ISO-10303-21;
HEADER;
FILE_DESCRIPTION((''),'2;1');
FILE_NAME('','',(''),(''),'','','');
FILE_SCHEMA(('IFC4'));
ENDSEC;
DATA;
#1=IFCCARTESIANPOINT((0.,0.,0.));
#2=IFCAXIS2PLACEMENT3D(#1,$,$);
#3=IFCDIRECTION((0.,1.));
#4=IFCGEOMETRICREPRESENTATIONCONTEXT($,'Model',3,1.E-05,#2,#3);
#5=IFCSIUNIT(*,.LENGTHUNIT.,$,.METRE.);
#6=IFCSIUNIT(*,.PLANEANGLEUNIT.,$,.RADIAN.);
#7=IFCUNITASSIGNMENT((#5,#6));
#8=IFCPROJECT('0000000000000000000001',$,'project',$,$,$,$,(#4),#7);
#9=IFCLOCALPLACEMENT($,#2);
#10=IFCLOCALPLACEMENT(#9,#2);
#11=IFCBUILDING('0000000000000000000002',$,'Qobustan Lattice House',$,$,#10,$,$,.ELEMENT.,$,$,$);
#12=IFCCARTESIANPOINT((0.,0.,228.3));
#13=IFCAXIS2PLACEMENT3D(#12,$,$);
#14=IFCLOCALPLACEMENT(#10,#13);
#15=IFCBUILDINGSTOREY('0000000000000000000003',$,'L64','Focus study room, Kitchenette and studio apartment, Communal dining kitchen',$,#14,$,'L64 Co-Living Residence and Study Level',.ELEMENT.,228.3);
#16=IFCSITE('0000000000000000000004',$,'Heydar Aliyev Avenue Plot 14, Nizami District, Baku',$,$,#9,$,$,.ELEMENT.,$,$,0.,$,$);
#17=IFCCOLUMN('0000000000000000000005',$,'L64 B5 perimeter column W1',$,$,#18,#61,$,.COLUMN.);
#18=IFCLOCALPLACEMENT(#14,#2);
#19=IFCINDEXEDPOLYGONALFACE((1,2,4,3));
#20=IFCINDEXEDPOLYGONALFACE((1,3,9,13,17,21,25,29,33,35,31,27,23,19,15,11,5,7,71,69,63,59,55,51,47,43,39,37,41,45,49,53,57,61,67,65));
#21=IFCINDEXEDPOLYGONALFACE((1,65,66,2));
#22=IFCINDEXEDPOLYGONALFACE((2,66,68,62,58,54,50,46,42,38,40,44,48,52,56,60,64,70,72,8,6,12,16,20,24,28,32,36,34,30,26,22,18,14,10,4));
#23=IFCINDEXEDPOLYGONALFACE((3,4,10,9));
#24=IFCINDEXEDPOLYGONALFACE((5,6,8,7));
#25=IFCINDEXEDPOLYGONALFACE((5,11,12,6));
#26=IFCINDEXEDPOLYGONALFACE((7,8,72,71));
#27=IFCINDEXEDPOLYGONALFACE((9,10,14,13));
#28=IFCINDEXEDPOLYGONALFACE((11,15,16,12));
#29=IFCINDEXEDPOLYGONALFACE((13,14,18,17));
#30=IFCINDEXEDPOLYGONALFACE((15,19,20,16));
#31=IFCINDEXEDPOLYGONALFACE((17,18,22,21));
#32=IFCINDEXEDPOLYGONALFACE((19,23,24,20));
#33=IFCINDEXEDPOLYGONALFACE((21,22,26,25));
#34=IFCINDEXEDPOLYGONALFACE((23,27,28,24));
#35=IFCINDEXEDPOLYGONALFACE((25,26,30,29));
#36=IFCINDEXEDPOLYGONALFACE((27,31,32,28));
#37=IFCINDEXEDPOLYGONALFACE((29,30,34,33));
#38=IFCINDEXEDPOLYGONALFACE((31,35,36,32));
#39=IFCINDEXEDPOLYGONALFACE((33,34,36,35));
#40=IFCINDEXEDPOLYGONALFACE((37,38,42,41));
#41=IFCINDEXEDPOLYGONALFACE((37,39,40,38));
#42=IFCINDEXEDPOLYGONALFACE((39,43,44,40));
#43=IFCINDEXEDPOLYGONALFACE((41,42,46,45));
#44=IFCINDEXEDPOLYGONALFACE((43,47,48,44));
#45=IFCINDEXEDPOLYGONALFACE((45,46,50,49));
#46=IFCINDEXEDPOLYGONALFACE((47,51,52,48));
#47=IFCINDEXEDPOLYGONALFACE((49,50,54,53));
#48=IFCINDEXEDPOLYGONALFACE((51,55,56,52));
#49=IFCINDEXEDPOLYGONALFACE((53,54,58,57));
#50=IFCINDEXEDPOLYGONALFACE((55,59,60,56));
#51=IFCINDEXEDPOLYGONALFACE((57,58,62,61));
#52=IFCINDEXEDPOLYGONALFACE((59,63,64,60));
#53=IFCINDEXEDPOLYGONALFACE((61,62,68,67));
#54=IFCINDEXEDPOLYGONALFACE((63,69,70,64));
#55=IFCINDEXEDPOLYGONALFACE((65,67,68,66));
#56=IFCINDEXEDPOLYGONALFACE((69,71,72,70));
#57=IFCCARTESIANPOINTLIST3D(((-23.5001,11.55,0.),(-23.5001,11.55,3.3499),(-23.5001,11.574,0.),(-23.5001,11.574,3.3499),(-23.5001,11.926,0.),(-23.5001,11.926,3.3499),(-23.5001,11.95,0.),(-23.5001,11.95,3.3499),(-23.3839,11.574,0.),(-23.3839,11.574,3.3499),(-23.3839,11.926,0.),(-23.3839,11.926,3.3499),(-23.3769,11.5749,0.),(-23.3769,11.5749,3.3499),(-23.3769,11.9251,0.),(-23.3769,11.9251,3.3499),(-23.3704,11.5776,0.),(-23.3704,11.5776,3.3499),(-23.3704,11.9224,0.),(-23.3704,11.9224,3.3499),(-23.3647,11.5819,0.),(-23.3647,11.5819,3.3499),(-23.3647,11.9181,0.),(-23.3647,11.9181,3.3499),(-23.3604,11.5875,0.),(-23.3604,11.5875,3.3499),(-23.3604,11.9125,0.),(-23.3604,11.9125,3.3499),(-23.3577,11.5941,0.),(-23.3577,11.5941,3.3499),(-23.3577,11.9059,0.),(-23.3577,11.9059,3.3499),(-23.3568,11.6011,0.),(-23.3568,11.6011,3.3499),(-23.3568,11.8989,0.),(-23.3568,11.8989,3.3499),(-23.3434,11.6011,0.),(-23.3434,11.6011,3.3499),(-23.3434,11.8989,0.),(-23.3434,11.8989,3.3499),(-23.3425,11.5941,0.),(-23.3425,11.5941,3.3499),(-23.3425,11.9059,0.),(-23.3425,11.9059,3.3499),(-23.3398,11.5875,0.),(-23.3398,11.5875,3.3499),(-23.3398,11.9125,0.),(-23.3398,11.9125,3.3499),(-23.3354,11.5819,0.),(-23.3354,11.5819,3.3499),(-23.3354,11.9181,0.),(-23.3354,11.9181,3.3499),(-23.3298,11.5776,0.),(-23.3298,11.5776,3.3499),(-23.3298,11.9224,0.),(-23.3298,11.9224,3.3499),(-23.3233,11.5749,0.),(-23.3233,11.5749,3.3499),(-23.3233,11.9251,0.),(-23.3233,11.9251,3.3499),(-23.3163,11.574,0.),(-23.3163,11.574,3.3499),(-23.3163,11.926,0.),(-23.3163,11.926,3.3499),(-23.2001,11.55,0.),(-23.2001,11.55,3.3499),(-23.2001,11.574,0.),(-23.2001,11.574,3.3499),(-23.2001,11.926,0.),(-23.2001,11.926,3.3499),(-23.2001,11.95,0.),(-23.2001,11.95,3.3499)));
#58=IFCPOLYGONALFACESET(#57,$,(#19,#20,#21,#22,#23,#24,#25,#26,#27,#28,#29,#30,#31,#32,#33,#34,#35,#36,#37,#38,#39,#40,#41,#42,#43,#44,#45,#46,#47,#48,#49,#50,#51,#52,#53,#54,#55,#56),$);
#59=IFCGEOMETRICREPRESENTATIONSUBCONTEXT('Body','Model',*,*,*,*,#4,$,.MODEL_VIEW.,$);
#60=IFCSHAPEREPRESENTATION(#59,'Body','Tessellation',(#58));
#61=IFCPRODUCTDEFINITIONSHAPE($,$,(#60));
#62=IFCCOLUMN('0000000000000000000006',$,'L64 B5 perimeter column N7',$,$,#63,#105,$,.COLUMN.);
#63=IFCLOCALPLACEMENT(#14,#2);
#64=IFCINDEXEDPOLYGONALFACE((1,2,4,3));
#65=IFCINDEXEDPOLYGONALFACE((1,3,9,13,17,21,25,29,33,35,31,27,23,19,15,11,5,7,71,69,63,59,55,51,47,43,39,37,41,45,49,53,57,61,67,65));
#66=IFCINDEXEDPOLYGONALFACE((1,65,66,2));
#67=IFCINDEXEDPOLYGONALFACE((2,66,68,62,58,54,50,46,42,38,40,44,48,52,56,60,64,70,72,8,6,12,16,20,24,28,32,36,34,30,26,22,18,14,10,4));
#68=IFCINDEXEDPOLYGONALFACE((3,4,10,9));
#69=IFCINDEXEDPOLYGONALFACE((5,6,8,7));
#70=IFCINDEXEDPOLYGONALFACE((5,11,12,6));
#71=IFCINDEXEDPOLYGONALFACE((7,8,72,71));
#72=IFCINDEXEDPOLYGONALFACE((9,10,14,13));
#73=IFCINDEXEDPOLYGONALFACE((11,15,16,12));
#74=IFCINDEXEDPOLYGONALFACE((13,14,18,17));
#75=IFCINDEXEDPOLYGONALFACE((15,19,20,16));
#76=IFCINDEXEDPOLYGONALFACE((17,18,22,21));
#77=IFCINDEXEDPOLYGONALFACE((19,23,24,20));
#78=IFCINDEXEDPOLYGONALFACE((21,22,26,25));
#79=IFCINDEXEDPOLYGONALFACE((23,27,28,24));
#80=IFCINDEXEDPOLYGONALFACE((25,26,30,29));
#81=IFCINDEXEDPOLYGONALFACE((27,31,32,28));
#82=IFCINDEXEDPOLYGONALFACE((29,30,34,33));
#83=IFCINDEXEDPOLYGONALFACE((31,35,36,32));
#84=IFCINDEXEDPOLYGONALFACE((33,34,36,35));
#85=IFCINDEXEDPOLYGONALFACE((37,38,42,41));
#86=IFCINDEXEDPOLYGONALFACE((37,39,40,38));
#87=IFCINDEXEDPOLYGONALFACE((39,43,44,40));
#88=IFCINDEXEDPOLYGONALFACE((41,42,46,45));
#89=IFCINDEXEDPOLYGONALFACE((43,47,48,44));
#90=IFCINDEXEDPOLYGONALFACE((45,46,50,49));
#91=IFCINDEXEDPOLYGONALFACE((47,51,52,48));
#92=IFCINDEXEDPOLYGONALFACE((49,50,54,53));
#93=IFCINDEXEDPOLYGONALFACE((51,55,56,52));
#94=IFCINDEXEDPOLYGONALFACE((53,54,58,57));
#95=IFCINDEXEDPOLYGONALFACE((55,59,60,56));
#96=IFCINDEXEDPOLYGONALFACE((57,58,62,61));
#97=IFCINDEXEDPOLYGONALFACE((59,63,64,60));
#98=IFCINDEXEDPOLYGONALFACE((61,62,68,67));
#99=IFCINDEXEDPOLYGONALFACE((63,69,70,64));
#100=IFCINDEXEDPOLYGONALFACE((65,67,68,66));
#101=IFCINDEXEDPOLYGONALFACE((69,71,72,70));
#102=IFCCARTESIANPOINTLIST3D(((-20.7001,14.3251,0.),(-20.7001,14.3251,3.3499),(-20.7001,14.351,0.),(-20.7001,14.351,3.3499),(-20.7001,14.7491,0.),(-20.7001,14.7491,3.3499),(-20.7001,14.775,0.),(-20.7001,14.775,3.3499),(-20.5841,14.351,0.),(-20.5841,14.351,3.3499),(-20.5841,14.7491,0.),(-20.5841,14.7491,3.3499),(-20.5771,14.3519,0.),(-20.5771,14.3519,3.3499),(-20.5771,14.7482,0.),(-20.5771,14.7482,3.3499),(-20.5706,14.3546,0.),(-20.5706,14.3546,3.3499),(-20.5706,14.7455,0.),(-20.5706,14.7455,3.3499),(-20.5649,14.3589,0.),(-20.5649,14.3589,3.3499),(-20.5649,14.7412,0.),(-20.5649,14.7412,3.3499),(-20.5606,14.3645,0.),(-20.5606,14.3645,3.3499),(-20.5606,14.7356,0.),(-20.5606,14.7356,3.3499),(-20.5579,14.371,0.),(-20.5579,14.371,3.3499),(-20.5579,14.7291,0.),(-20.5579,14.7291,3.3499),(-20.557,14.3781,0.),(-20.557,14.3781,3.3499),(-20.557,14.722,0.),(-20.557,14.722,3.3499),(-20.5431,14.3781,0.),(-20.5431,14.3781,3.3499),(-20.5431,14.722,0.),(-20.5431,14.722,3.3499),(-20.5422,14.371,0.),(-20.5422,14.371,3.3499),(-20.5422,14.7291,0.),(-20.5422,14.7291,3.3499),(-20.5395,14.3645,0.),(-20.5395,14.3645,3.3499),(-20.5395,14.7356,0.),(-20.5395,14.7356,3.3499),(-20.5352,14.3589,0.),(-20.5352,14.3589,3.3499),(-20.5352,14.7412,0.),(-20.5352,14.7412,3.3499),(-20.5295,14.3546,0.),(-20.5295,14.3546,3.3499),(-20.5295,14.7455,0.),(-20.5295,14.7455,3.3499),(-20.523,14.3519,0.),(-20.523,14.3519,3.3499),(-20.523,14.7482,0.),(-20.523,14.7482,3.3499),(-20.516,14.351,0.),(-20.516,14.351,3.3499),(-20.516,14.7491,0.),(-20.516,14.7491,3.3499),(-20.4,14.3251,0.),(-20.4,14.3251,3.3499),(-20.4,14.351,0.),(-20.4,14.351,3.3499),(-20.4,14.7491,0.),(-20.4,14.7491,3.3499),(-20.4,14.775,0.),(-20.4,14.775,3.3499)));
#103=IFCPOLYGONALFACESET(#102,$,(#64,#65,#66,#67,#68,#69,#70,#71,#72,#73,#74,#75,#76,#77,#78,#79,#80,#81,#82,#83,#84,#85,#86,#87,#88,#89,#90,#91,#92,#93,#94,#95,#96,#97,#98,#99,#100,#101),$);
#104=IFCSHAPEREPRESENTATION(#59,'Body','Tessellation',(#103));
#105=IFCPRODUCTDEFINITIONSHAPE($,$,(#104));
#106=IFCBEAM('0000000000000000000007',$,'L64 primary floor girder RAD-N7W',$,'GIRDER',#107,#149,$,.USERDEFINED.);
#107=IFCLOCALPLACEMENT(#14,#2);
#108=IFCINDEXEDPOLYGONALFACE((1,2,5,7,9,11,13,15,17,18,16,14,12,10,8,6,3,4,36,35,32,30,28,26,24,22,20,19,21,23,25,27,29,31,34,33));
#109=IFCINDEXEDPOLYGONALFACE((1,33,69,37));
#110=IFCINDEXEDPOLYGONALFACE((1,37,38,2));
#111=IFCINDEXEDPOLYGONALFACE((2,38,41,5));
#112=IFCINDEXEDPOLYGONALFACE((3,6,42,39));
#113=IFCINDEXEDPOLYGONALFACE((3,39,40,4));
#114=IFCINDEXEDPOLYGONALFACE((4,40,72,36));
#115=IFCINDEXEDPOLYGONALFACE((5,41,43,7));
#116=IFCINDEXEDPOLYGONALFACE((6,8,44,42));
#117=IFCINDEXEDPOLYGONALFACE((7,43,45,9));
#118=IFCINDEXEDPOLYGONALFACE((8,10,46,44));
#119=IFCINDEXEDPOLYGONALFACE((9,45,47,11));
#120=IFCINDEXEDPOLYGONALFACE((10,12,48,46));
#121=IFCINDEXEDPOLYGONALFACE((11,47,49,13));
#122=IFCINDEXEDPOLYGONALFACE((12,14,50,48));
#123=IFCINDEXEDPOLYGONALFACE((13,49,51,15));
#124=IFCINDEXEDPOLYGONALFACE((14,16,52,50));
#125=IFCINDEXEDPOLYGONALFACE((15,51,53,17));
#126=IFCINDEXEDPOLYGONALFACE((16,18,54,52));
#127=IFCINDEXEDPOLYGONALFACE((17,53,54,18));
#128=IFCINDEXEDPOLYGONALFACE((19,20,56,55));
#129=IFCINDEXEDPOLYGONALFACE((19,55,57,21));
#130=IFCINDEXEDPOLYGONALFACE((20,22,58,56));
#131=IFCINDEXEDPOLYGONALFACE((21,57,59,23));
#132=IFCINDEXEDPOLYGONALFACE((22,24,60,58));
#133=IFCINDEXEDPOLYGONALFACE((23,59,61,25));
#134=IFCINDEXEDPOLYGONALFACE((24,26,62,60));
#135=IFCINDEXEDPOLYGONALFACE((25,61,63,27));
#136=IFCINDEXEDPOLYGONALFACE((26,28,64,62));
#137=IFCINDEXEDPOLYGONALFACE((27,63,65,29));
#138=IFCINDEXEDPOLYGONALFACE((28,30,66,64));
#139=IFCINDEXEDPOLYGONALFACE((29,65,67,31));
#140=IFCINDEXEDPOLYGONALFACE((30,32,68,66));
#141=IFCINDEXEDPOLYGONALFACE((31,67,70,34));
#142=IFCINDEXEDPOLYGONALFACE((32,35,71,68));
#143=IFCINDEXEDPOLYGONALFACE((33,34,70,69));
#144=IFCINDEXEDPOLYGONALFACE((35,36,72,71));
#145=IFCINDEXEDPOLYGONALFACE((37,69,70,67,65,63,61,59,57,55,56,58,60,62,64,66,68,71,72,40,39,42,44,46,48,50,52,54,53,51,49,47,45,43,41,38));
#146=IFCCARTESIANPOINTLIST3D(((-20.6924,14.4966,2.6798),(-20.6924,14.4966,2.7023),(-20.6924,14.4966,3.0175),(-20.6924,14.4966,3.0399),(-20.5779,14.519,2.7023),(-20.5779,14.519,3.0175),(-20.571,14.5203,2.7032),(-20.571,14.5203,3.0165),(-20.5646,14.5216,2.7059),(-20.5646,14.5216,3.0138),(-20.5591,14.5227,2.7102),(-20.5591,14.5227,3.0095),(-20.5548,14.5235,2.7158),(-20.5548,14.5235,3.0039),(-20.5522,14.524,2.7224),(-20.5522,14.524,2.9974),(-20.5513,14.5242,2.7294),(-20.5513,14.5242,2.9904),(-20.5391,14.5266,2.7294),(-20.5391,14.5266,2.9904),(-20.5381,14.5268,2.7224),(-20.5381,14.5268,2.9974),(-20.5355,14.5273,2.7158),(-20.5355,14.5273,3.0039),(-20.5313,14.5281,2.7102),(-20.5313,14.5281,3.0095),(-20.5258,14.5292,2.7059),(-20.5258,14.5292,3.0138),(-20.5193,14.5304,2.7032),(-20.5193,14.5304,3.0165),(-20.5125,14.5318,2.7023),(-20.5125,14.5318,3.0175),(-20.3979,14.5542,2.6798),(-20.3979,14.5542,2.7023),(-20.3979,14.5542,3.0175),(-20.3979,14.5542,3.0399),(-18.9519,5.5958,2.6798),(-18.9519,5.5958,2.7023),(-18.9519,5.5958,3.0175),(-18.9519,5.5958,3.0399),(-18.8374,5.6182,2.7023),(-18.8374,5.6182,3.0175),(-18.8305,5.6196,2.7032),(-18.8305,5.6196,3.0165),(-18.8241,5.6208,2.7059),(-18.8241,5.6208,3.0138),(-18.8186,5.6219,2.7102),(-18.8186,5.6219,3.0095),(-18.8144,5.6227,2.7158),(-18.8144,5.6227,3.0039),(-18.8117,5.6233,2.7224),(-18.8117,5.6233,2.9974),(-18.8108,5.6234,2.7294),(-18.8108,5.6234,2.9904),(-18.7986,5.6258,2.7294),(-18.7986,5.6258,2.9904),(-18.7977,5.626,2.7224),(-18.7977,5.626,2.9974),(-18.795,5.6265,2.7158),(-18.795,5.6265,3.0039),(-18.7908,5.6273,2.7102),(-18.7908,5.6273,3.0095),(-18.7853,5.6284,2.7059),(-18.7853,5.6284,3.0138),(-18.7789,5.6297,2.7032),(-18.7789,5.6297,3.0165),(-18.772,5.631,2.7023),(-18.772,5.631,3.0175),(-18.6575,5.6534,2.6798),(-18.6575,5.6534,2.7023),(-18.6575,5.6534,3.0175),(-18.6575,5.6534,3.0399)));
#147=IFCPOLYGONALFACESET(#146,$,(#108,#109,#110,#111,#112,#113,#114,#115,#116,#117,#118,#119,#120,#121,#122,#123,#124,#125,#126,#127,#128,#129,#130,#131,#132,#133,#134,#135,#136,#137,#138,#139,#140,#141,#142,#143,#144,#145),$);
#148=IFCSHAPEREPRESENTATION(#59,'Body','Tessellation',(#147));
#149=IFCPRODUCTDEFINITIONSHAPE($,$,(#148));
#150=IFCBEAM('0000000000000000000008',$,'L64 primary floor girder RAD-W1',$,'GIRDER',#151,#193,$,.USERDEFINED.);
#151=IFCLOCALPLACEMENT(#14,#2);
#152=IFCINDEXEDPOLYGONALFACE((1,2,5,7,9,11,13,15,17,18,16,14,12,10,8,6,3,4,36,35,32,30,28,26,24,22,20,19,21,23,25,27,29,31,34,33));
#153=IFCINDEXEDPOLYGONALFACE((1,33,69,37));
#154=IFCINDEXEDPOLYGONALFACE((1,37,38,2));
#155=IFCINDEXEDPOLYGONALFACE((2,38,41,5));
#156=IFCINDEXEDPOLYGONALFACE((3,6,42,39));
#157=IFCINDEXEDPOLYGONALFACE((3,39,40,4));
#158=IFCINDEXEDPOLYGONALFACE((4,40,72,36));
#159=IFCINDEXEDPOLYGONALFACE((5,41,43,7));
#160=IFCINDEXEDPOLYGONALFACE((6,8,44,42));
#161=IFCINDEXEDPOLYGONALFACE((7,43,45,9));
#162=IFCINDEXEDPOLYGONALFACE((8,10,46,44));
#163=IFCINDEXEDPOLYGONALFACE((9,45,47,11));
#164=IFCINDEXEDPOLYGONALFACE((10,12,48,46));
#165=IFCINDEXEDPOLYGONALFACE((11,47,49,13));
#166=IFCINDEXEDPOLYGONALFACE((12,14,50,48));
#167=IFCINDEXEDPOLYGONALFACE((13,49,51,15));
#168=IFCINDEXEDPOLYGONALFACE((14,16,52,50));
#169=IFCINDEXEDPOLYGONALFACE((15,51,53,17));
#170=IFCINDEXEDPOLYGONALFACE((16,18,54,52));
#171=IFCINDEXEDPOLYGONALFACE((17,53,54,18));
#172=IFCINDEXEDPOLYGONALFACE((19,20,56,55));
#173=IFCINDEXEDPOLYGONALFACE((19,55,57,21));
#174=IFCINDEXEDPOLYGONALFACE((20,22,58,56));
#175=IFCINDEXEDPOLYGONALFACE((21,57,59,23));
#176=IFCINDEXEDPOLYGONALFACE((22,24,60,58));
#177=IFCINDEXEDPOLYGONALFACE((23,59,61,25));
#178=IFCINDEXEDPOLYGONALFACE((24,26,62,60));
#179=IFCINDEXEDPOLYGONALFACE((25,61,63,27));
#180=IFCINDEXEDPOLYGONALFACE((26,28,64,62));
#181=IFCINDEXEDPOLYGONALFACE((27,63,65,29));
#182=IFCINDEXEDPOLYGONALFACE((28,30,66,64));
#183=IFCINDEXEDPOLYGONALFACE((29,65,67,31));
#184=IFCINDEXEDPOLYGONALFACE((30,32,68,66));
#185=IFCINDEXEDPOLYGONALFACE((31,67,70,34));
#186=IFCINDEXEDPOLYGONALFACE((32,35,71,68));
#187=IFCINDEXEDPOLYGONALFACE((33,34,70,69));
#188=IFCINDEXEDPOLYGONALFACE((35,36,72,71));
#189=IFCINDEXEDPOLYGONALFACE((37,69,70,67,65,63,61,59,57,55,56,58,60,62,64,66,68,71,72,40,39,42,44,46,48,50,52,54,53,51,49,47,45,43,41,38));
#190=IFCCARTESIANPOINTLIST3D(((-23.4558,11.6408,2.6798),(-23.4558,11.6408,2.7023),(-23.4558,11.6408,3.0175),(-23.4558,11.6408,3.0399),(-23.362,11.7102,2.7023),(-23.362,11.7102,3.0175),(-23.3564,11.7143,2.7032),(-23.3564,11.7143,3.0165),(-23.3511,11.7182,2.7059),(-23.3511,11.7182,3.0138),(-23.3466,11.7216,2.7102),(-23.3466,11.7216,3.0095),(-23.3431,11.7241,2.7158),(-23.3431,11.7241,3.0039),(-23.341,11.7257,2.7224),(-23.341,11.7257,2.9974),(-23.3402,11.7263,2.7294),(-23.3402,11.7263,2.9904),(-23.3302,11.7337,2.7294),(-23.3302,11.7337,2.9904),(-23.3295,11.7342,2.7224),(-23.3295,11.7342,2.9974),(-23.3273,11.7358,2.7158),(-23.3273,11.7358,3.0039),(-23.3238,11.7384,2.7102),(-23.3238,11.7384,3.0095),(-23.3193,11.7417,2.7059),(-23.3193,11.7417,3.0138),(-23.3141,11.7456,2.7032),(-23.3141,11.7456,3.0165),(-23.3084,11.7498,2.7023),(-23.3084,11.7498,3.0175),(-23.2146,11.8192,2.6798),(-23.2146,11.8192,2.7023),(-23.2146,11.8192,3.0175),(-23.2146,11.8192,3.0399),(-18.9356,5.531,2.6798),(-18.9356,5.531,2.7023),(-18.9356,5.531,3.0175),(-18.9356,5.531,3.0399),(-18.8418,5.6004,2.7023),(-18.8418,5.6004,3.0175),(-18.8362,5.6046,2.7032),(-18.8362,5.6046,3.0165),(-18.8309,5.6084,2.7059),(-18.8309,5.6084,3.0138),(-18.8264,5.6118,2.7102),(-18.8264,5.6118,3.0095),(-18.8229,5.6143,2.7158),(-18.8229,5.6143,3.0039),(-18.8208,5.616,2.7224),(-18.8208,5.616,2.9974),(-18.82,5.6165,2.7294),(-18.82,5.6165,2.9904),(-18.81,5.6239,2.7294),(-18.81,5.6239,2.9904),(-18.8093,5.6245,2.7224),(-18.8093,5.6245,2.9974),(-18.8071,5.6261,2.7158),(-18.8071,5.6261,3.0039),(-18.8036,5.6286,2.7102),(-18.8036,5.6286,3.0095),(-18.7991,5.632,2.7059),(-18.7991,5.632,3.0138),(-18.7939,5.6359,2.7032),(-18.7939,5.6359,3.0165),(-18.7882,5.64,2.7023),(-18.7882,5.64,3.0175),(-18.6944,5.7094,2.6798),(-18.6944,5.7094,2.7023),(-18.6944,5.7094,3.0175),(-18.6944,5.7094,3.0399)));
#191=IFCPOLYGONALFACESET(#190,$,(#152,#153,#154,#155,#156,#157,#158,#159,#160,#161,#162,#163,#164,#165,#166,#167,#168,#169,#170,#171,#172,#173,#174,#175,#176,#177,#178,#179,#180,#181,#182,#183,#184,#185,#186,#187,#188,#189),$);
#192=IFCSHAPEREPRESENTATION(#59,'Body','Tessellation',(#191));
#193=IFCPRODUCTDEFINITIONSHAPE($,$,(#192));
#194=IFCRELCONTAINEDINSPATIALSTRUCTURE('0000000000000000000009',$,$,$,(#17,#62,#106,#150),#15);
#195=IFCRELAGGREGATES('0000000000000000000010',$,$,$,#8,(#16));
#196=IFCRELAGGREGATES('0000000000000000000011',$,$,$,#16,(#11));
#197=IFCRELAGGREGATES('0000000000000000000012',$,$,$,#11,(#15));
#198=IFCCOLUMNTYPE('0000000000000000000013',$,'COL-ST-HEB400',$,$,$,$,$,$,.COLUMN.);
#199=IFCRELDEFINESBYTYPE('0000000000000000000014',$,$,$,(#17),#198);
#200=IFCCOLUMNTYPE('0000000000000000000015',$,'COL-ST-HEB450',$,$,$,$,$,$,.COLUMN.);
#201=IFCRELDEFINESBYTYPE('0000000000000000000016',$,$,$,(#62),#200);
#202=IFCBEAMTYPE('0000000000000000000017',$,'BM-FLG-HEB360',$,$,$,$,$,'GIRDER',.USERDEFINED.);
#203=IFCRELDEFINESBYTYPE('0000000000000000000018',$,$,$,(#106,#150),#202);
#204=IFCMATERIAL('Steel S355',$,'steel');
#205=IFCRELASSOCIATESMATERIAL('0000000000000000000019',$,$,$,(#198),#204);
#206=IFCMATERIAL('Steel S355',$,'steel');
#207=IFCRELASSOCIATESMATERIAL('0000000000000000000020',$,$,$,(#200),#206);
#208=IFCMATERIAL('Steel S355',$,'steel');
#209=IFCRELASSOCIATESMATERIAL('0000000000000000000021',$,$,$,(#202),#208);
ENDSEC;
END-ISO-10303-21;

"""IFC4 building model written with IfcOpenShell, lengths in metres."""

from ifc_helpers import new_model, si_unit, direction, frame, origin, origin_2d, place, context, subcontext, project, spatial, i_section, extrude, material, material_profile, profile_set, type_object, element, save


model = new_model("IFC4")

# Units and contexts
model_context = context("Model", 3, precision=1e-05, world=origin(), true_north=direction((0.0, 1.0)))
body_context = subcontext(model_context, "Body", "Model", "MODEL_VIEW")
ifc_project = project(units=[si_unit("LENGTHUNIT", "METRE"), si_unit("PLANEANGLEUNIT", "RADIAN")], contexts=[model_context])

# Site, building, storey
site_placement = place(None, origin())
site = spatial("IfcSite", under=ifc_project, at=site_placement, Name="Heydar Aliyev Avenue Plot 14, Nizami District, Baku", CompositionType="ELEMENT", RefElevation=0.0)
building_placement = place(site_placement, origin())
building = spatial("IfcBuilding", under=site, at=building_placement, Name="Qobustan Lattice House", CompositionType="ELEMENT")
storey_placement = place(building_placement, frame((0.0, 0.0, 228.3)))
storey = spatial("IfcBuildingStorey", under=building, at=storey_placement, Name="L64", Description="Focus study room, Kitchenette and studio apartment, Communal dining kitchen", LongName="L64 Co-Living Residence and Study Level", CompositionType="ELEMENT", Elevation=228.3)

# Columns
ifc_material_1 = material(Name="Steel S355", Category="steel")
ifc_material_profile_1 = material_profile(ifc_material_1, i_section(OverallWidth=0.3, OverallDepth=0.3999, WebThickness=0.0134, FlangeThickness=0.0239, FilletRadius=0.0271, at=origin_2d()), Name="HEB400")
ifc_profile_set_1 = profile_set([ifc_material_profile_1], Name="Steel S355")
column_type_1 = type_object("IfcColumnType", Name="COL-ST-HEB400", PredefinedType="COLUMN", material=ifc_profile_set_1)
column_1_placement = place(storey_placement, frame((-23.3501, 11.75, 0.0), z_axis=(0.0, 0.0, 1.0), x_axis=(1.0, 0.0, 0.0)))
element("IfcColumn", 1, at=column_1_placement, inside=storey, type_object=column_type_1, Name="L64 B5 perimeter column W1", PredefinedType="COLUMN", context=body_context, shape_type="SweptSolid", body=[
    extrude(i_section(OverallWidth=0.3, OverallDepth=0.3999, WebThickness=0.0134, FlangeThickness=0.0239, FilletRadius=0.0271, at=origin_2d()), origin(), (0.0, 0.0, 1.0), 3.3499),
])
ifc_material_2 = material(Name="Steel S355", Category="steel")
ifc_material_profile_2 = material_profile(ifc_material_2, i_section(OverallWidth=0.3, OverallDepth=0.45, WebThickness=0.0139, FlangeThickness=0.0259, FilletRadius=0.0271, at=origin_2d()), Name="HEB450")
ifc_profile_set_2 = profile_set([ifc_material_profile_2], Name="Steel S355")
column_type_2 = type_object("IfcColumnType", Name="COL-ST-HEB450", PredefinedType="COLUMN", material=ifc_profile_set_2)
column_2_placement = place(storey_placement, frame((-20.55, 14.55, 0.0), z_axis=(0.0, 0.0, 1.0), x_axis=(1.0, 0.0, 0.0)))
element("IfcColumn", 2, at=column_2_placement, inside=storey, type_object=column_type_2, Name="L64 B5 perimeter column N7", PredefinedType="COLUMN", context=body_context, shape_type="SweptSolid", body=[
    extrude(i_section(OverallWidth=0.3, OverallDepth=0.45, WebThickness=0.0139, FlangeThickness=0.0259, FilletRadius=0.0271, at=origin_2d()), origin(), (0.0, 0.0, 1.0), 3.3499),
])

# Beams
ifc_material_3 = material(Name="Steel S355", Category="steel")
ifc_material_profile_3 = material_profile(ifc_material_3, i_section(OverallWidth=0.3, OverallDepth=0.3601, WebThickness=0.0125, FlangeThickness=0.0225, FilletRadius=0.0271, at=origin_2d()), Name="HEB360")
ifc_profile_set_3 = profile_set([ifc_material_profile_3], Name="Steel S355")
beam_type_1 = type_object("IfcBeamType", Name="BM-FLG-HEB360", ElementType="GIRDER", PredefinedType="USERDEFINED", material=ifc_profile_set_3)
beam_1_placement = place(storey_placement, frame((-20.5452, 14.5254, 2.8599), z_axis=(0.191906, -0.981413, 0.0), x_axis=(0.981413, 0.191906, 0.0)))
element("IfcBeam", 3, at=beam_1_placement, inside=storey, type_object=beam_type_1, Name="L64 primary floor girder RAD-N7W", ObjectType="GIRDER", PredefinedType="USERDEFINED", context=body_context, shape_type="SweptSolid", body=[
    extrude(i_section(OverallWidth=0.3, OverallDepth=0.3601, WebThickness=0.0125, FlangeThickness=0.0225, FilletRadius=0.0271, at=origin_2d()), origin(), (0.0, 0.0, 1.0), 9.0693),
])
beam_2_placement = place(storey_placement, frame((-23.3352, 11.73, 2.8599), z_axis=(0.594755, -0.803907, 0.0), x_axis=(0.803907, 0.594755, 0.0)))
element("IfcBeam", 4, at=beam_2_placement, inside=storey, type_object=beam_type_1, Name="L64 primary floor girder RAD-W1", ObjectType="GIRDER", PredefinedType="USERDEFINED", context=body_context, shape_type="SweptSolid", body=[
    extrude(i_section(OverallWidth=0.3, OverallDepth=0.3601, WebThickness=0.0125, FlangeThickness=0.0225, FilletRadius=0.0271, at=origin_2d()), origin(), (0.0, 0.0, 1.0), 7.6001),
])

save(model, "model.ifc")
